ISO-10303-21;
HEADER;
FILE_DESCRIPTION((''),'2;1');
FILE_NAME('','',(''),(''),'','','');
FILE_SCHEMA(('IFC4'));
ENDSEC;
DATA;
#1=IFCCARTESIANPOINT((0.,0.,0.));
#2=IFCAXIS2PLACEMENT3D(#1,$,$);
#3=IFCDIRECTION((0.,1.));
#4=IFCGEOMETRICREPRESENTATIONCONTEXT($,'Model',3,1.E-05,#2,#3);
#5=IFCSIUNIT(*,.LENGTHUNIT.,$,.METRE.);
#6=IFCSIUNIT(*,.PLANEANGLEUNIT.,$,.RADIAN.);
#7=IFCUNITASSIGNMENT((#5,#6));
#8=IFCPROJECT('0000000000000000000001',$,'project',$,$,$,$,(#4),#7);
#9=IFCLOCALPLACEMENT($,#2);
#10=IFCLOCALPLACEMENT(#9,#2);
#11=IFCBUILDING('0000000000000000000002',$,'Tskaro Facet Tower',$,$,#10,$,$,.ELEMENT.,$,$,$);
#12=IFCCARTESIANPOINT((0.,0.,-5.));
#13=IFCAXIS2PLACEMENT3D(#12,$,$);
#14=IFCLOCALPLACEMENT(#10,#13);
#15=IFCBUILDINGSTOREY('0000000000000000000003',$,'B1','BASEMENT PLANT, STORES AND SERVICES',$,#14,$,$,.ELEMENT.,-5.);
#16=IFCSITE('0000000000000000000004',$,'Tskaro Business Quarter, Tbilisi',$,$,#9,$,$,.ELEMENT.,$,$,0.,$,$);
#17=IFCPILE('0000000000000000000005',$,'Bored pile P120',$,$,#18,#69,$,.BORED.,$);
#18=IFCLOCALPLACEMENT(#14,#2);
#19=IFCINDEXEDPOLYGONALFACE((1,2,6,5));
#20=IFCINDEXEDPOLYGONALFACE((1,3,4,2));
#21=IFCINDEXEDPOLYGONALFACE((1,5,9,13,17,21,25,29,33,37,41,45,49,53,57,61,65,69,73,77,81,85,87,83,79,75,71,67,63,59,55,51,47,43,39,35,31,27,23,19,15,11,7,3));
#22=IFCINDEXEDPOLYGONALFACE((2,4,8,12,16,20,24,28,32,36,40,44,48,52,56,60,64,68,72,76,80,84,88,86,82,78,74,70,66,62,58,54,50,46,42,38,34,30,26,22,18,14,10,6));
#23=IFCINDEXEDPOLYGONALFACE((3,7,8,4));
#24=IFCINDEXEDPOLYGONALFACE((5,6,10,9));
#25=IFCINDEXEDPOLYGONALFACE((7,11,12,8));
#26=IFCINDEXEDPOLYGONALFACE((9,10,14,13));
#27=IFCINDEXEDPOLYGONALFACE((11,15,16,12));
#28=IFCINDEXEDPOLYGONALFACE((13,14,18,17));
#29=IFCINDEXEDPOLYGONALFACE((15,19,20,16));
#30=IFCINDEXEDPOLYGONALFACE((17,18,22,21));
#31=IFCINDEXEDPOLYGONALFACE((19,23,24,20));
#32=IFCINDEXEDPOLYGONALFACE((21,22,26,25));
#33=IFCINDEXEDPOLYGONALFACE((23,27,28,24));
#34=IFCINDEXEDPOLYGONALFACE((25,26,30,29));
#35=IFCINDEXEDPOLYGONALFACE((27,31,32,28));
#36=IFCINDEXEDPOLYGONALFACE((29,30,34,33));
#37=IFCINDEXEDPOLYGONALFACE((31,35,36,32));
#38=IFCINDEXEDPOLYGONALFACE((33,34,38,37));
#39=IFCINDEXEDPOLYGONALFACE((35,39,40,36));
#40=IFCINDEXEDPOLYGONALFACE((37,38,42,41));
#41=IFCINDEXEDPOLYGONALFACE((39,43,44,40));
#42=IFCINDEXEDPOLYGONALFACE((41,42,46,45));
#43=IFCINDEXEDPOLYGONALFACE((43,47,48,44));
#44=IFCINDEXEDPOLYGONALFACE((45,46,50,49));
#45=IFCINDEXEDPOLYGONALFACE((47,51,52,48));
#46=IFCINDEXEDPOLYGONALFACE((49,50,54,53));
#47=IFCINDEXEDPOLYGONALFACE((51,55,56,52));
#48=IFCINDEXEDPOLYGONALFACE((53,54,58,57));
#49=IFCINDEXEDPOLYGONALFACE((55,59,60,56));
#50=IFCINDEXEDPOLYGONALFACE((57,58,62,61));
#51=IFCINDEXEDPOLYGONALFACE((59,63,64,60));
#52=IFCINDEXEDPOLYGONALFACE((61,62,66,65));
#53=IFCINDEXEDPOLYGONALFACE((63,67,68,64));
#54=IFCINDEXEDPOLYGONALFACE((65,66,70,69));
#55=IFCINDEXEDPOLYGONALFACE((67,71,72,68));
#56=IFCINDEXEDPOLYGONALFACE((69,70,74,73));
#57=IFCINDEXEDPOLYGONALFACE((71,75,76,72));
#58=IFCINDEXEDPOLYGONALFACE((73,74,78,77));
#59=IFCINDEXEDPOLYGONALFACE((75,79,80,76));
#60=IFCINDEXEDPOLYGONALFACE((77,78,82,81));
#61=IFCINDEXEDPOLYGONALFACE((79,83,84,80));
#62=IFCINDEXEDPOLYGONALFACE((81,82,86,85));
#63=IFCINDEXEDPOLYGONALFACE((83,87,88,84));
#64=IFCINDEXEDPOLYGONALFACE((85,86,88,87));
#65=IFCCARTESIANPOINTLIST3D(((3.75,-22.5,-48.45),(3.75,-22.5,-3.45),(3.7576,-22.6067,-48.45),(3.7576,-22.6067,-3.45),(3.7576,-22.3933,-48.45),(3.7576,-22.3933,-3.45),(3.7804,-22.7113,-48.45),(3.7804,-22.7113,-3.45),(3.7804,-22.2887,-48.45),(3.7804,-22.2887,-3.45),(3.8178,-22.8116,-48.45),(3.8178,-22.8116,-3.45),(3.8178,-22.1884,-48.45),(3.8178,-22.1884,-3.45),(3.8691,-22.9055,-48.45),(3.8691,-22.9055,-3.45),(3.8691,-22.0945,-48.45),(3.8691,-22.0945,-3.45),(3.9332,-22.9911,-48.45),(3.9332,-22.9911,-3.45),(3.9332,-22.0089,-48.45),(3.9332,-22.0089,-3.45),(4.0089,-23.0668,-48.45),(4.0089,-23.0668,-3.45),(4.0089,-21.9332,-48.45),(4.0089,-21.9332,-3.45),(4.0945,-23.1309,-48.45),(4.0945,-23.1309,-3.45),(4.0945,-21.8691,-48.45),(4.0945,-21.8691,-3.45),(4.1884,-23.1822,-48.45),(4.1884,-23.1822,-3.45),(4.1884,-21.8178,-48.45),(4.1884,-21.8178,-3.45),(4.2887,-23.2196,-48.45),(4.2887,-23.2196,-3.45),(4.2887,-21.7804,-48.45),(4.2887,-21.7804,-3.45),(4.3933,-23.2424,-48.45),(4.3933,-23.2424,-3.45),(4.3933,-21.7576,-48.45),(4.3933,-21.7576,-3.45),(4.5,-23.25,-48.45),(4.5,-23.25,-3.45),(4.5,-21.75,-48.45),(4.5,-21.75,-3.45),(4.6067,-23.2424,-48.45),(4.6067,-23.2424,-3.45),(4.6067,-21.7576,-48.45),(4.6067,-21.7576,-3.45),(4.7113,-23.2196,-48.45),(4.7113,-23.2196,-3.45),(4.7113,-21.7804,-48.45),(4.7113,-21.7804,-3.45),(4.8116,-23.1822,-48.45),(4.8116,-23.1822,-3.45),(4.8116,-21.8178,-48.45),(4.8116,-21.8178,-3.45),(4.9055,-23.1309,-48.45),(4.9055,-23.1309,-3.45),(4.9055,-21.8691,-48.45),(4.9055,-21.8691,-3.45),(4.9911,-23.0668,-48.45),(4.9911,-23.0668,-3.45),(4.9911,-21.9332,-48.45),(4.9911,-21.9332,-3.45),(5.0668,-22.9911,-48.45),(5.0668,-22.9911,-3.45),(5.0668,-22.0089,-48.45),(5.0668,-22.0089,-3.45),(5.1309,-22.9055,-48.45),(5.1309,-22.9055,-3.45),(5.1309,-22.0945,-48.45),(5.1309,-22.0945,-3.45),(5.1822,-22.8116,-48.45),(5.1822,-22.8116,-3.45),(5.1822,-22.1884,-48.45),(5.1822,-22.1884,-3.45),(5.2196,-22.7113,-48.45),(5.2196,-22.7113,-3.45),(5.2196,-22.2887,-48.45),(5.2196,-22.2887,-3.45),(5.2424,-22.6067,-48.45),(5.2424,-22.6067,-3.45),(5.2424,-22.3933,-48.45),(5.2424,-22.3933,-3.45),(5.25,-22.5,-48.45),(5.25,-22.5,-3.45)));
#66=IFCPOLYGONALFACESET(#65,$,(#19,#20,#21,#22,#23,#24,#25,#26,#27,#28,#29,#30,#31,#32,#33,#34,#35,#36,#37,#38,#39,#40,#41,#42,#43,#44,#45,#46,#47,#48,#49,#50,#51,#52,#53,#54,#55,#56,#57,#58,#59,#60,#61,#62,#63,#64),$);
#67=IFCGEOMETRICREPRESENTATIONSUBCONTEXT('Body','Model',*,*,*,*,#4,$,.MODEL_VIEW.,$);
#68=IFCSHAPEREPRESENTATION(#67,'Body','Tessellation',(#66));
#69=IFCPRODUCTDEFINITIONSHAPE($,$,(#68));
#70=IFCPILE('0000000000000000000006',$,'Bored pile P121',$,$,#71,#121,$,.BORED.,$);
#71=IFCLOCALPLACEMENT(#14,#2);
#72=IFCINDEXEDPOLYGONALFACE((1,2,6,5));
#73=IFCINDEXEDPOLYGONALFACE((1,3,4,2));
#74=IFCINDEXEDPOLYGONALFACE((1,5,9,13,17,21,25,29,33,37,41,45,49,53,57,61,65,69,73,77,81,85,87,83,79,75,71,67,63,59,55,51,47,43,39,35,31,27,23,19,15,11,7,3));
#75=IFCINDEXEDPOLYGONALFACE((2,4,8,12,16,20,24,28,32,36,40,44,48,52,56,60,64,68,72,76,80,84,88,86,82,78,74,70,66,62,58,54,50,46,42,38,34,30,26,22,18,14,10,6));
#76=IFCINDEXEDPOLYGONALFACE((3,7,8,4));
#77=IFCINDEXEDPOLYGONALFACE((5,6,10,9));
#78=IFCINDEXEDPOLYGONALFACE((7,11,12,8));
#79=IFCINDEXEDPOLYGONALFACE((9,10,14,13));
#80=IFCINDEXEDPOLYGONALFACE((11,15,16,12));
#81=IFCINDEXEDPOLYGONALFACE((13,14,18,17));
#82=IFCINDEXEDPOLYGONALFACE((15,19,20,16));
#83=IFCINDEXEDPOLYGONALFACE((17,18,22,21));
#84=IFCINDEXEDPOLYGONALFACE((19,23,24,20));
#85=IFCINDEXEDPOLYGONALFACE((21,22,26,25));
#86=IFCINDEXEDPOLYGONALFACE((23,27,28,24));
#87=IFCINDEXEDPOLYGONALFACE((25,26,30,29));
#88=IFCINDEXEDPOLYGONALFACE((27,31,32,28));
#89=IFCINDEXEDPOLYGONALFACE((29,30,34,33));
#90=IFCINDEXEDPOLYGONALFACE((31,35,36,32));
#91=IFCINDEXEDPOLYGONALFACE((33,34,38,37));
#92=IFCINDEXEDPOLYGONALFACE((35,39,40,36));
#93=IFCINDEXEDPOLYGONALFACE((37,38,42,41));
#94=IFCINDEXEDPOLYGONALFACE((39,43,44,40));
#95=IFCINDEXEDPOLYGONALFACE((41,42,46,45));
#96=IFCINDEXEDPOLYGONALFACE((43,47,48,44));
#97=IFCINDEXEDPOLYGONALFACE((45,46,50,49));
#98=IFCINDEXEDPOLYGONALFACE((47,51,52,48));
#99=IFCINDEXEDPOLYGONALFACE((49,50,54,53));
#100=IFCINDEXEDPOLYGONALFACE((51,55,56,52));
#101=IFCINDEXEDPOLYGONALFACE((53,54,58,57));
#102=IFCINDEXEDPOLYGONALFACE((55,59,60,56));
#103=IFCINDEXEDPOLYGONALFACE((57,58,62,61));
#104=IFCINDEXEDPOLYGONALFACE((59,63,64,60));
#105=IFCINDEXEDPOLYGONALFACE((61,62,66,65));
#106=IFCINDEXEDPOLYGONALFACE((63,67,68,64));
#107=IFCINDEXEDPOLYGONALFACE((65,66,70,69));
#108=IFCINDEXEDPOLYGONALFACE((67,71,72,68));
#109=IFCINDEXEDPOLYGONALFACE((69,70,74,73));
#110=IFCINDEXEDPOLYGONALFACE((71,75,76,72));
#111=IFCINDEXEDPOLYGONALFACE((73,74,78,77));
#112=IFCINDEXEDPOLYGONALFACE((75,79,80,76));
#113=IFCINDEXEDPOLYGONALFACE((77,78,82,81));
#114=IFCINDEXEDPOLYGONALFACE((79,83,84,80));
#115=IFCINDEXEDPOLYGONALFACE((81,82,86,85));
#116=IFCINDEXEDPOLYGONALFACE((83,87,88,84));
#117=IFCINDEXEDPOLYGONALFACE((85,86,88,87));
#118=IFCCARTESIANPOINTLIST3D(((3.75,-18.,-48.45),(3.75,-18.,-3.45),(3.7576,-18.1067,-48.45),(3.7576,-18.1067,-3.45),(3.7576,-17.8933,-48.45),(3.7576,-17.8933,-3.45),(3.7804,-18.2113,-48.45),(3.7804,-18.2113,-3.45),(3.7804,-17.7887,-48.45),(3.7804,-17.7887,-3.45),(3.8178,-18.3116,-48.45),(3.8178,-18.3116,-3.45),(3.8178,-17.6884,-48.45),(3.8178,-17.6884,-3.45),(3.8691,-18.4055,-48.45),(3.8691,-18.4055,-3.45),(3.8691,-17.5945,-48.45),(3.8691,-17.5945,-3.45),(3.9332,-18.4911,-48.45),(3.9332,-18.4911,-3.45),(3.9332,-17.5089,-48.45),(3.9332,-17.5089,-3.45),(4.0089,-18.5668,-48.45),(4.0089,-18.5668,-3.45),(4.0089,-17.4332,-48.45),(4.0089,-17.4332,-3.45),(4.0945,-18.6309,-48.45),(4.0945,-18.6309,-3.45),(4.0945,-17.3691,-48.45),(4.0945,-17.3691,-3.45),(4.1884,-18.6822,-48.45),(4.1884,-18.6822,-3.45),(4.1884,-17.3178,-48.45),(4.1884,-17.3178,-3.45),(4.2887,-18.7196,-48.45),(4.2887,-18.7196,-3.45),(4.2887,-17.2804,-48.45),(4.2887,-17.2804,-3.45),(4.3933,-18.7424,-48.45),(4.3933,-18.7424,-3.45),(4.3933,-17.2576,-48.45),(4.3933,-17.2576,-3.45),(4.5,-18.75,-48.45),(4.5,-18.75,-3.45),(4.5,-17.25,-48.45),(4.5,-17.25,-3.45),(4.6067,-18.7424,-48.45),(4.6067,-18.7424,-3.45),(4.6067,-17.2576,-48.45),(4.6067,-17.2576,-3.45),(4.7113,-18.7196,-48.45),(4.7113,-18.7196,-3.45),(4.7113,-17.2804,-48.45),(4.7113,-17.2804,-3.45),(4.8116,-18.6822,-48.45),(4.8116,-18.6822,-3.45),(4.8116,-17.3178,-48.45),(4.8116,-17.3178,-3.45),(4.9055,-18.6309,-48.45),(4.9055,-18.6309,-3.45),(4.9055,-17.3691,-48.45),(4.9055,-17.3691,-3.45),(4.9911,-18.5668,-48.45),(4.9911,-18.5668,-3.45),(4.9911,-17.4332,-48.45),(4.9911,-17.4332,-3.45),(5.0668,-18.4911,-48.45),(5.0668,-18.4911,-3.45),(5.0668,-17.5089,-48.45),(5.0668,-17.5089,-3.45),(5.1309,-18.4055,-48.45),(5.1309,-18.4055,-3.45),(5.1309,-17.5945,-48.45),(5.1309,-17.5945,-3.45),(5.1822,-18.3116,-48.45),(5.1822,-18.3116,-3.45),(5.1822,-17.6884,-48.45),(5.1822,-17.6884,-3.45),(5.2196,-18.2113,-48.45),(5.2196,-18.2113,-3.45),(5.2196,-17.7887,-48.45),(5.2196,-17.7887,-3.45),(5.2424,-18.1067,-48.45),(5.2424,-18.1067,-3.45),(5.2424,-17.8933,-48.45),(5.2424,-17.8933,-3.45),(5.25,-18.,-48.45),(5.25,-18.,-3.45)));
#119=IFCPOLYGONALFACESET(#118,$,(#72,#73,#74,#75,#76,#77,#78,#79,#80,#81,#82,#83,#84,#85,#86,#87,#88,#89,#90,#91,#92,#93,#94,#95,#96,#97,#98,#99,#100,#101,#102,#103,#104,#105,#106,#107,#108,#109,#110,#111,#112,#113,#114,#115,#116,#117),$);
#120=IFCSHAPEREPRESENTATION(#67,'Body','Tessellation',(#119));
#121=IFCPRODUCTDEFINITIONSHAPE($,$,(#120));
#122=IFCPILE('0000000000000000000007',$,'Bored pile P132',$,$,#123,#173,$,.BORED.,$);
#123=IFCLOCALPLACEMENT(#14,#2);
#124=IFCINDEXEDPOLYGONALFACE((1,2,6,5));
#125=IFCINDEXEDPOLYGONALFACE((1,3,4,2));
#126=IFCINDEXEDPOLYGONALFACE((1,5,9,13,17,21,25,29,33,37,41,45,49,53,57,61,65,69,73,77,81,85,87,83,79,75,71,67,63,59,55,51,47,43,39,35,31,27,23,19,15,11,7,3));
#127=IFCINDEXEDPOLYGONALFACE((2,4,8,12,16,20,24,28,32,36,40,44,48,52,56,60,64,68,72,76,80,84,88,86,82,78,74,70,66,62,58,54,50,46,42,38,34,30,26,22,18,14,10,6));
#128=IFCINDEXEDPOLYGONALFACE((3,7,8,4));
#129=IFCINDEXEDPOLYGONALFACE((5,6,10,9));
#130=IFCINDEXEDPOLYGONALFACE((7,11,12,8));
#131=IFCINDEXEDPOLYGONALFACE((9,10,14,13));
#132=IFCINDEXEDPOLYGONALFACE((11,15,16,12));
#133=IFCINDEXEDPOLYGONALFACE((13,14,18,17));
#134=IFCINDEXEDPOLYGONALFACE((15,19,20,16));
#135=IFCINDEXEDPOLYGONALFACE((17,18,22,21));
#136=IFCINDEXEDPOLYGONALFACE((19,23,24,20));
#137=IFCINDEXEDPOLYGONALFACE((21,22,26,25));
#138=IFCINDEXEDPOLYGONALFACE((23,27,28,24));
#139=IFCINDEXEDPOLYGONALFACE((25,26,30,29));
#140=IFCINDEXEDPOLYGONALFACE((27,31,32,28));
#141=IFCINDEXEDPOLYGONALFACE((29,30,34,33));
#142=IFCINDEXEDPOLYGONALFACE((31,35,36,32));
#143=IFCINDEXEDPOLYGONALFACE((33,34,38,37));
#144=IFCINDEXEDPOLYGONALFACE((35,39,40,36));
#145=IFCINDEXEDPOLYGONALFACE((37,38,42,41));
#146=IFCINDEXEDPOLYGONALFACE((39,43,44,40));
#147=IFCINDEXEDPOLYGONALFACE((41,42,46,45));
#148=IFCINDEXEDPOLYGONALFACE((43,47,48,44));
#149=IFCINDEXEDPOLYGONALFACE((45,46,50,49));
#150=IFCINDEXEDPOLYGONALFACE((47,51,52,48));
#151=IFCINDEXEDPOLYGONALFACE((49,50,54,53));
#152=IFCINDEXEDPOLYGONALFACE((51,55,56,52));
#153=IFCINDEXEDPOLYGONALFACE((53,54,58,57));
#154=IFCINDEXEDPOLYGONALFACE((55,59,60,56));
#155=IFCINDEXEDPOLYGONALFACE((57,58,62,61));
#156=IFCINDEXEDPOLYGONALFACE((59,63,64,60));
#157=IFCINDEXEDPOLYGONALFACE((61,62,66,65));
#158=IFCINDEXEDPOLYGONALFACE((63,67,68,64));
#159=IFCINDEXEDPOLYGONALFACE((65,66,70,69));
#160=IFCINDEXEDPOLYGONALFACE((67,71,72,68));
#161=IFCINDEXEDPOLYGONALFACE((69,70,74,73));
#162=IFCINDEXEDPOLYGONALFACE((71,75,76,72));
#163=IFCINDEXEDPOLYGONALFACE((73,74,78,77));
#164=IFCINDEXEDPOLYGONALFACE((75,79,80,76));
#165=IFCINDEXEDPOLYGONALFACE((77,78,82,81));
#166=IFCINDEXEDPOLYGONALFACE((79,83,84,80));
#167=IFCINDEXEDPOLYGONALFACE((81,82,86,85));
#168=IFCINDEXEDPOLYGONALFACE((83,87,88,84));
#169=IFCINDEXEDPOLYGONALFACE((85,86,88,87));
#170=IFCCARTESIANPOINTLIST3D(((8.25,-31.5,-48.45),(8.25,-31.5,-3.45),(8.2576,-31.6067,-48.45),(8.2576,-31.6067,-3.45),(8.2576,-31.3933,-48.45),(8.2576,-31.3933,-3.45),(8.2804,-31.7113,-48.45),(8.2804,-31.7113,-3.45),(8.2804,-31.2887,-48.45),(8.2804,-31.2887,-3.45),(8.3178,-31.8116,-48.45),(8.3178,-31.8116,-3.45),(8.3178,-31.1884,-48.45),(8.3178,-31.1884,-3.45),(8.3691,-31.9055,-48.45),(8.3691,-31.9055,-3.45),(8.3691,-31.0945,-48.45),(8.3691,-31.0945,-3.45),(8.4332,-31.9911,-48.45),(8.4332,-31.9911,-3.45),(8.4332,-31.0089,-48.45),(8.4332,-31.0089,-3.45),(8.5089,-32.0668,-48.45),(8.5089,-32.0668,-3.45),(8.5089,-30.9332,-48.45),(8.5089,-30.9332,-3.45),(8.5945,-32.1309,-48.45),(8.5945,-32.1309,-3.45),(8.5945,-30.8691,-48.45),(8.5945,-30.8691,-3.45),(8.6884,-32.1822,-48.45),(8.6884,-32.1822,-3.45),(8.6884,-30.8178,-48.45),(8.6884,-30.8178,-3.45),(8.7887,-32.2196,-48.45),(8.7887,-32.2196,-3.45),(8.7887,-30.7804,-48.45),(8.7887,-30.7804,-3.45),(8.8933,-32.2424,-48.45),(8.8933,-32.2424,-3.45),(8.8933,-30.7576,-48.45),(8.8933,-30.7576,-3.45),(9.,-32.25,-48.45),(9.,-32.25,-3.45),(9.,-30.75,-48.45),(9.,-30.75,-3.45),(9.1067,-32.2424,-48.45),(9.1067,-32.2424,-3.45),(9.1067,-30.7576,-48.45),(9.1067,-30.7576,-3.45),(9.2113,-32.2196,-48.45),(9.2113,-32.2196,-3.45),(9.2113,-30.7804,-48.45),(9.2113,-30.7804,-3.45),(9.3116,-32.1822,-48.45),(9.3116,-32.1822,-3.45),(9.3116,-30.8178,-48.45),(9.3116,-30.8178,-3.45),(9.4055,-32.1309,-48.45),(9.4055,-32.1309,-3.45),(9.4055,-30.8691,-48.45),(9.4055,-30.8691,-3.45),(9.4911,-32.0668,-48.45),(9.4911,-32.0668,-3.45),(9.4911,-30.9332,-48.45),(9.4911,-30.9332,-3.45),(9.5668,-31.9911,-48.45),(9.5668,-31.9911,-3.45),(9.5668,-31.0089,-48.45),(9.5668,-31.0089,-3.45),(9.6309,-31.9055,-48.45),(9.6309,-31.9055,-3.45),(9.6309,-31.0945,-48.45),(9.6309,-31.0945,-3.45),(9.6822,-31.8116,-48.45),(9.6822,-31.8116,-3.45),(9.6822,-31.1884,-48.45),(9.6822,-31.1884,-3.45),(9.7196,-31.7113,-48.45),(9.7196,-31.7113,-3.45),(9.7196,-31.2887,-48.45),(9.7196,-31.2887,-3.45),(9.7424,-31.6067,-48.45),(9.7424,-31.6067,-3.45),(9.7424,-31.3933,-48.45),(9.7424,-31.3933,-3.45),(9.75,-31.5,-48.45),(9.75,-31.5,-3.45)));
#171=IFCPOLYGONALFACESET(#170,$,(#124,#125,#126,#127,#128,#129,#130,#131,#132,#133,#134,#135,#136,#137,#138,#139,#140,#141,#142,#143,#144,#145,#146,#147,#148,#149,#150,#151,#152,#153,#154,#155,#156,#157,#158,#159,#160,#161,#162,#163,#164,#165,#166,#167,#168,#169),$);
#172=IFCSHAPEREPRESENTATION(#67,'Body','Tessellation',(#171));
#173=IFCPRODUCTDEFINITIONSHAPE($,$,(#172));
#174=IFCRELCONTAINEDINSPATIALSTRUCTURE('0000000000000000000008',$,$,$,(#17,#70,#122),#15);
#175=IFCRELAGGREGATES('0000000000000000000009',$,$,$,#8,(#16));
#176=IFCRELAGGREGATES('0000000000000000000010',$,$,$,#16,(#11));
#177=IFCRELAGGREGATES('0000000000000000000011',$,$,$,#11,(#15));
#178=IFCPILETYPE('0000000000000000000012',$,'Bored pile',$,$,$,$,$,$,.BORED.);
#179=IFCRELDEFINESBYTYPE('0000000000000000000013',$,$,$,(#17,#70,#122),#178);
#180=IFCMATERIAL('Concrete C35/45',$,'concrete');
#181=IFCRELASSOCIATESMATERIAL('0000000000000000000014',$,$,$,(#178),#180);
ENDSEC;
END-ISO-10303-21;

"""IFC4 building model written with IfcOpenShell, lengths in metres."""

from ifc_helpers import new_model, si_unit, direction, frame, origin, origin_2d, place, context, subcontext, project, spatial, circle, extrude, material, material_profile, profile_set, type_object, element, save


model = new_model("IFC4")

# Units and contexts
model_context = context("Model", 3, precision=1e-05, world=origin(), true_north=direction((0.0, 1.0)))
body_context = subcontext(model_context, "Body", "Model", "MODEL_VIEW")
ifc_project = project(units=[si_unit("LENGTHUNIT", "METRE"), si_unit("PLANEANGLEUNIT", "RADIAN")], contexts=[model_context])

# Site, building, storey
site_placement = place(None, origin())
site = spatial("IfcSite", under=ifc_project, at=site_placement, Name="Tskaro Business Quarter, Tbilisi", CompositionType="ELEMENT", RefElevation=0.0)
building_placement = place(site_placement, origin())
building = spatial("IfcBuilding", under=site, at=building_placement, Name="Tskaro Facet Tower", CompositionType="ELEMENT")
storey_placement = place(building_placement, frame((0.0, 0.0, -5.0)))
storey = spatial("IfcBuildingStorey", under=building, at=storey_placement, Name="B1", Description="BASEMENT PLANT, STORES AND SERVICES", CompositionType="ELEMENT", Elevation=-5.0)

# Piles
ifc_material_1 = material(Name="Concrete C35/45", Category="concrete")
ifc_material_profile_1 = material_profile(ifc_material_1, circle(Radius=0.75, at=origin_2d()), Name="Bored pile")
ifc_profile_set_1 = profile_set([ifc_material_profile_1], Name="Concrete C35/45")
pile_type = type_object("IfcPileType", Name="Bored pile", PredefinedType="BORED", material=ifc_profile_set_1)
for number, where, z_axis, x_axis, name in (
    (1, (4.5, -22.5, -3.45), (0.0, 0.0, -1.0), (1.0, 0.0, 0.0), "Bored pile P120"),
    (2, (4.5, -18.0, -3.45), (0.0, 0.0, -1.0), (1.0, 0.0, 0.0), "Bored pile P121"),
    (3, (9.0, -31.5, -3.45), (0.0, 0.0, -1.0), (1.0, 0.0, 0.0), "Bored pile P132"),
):
    element("IfcPile", number, at=place(storey_placement, frame(where, z_axis=z_axis, x_axis=x_axis)), inside=storey, type_object=pile_type, Name=name, PredefinedType="BORED", context=body_context, shape_type="SweptSolid", body=[
        extrude(circle(Radius=0.75, at=origin_2d()), origin(), (0.0, 0.0, 1.0), 45.0),
    ])

save(model, "model.ifc")
